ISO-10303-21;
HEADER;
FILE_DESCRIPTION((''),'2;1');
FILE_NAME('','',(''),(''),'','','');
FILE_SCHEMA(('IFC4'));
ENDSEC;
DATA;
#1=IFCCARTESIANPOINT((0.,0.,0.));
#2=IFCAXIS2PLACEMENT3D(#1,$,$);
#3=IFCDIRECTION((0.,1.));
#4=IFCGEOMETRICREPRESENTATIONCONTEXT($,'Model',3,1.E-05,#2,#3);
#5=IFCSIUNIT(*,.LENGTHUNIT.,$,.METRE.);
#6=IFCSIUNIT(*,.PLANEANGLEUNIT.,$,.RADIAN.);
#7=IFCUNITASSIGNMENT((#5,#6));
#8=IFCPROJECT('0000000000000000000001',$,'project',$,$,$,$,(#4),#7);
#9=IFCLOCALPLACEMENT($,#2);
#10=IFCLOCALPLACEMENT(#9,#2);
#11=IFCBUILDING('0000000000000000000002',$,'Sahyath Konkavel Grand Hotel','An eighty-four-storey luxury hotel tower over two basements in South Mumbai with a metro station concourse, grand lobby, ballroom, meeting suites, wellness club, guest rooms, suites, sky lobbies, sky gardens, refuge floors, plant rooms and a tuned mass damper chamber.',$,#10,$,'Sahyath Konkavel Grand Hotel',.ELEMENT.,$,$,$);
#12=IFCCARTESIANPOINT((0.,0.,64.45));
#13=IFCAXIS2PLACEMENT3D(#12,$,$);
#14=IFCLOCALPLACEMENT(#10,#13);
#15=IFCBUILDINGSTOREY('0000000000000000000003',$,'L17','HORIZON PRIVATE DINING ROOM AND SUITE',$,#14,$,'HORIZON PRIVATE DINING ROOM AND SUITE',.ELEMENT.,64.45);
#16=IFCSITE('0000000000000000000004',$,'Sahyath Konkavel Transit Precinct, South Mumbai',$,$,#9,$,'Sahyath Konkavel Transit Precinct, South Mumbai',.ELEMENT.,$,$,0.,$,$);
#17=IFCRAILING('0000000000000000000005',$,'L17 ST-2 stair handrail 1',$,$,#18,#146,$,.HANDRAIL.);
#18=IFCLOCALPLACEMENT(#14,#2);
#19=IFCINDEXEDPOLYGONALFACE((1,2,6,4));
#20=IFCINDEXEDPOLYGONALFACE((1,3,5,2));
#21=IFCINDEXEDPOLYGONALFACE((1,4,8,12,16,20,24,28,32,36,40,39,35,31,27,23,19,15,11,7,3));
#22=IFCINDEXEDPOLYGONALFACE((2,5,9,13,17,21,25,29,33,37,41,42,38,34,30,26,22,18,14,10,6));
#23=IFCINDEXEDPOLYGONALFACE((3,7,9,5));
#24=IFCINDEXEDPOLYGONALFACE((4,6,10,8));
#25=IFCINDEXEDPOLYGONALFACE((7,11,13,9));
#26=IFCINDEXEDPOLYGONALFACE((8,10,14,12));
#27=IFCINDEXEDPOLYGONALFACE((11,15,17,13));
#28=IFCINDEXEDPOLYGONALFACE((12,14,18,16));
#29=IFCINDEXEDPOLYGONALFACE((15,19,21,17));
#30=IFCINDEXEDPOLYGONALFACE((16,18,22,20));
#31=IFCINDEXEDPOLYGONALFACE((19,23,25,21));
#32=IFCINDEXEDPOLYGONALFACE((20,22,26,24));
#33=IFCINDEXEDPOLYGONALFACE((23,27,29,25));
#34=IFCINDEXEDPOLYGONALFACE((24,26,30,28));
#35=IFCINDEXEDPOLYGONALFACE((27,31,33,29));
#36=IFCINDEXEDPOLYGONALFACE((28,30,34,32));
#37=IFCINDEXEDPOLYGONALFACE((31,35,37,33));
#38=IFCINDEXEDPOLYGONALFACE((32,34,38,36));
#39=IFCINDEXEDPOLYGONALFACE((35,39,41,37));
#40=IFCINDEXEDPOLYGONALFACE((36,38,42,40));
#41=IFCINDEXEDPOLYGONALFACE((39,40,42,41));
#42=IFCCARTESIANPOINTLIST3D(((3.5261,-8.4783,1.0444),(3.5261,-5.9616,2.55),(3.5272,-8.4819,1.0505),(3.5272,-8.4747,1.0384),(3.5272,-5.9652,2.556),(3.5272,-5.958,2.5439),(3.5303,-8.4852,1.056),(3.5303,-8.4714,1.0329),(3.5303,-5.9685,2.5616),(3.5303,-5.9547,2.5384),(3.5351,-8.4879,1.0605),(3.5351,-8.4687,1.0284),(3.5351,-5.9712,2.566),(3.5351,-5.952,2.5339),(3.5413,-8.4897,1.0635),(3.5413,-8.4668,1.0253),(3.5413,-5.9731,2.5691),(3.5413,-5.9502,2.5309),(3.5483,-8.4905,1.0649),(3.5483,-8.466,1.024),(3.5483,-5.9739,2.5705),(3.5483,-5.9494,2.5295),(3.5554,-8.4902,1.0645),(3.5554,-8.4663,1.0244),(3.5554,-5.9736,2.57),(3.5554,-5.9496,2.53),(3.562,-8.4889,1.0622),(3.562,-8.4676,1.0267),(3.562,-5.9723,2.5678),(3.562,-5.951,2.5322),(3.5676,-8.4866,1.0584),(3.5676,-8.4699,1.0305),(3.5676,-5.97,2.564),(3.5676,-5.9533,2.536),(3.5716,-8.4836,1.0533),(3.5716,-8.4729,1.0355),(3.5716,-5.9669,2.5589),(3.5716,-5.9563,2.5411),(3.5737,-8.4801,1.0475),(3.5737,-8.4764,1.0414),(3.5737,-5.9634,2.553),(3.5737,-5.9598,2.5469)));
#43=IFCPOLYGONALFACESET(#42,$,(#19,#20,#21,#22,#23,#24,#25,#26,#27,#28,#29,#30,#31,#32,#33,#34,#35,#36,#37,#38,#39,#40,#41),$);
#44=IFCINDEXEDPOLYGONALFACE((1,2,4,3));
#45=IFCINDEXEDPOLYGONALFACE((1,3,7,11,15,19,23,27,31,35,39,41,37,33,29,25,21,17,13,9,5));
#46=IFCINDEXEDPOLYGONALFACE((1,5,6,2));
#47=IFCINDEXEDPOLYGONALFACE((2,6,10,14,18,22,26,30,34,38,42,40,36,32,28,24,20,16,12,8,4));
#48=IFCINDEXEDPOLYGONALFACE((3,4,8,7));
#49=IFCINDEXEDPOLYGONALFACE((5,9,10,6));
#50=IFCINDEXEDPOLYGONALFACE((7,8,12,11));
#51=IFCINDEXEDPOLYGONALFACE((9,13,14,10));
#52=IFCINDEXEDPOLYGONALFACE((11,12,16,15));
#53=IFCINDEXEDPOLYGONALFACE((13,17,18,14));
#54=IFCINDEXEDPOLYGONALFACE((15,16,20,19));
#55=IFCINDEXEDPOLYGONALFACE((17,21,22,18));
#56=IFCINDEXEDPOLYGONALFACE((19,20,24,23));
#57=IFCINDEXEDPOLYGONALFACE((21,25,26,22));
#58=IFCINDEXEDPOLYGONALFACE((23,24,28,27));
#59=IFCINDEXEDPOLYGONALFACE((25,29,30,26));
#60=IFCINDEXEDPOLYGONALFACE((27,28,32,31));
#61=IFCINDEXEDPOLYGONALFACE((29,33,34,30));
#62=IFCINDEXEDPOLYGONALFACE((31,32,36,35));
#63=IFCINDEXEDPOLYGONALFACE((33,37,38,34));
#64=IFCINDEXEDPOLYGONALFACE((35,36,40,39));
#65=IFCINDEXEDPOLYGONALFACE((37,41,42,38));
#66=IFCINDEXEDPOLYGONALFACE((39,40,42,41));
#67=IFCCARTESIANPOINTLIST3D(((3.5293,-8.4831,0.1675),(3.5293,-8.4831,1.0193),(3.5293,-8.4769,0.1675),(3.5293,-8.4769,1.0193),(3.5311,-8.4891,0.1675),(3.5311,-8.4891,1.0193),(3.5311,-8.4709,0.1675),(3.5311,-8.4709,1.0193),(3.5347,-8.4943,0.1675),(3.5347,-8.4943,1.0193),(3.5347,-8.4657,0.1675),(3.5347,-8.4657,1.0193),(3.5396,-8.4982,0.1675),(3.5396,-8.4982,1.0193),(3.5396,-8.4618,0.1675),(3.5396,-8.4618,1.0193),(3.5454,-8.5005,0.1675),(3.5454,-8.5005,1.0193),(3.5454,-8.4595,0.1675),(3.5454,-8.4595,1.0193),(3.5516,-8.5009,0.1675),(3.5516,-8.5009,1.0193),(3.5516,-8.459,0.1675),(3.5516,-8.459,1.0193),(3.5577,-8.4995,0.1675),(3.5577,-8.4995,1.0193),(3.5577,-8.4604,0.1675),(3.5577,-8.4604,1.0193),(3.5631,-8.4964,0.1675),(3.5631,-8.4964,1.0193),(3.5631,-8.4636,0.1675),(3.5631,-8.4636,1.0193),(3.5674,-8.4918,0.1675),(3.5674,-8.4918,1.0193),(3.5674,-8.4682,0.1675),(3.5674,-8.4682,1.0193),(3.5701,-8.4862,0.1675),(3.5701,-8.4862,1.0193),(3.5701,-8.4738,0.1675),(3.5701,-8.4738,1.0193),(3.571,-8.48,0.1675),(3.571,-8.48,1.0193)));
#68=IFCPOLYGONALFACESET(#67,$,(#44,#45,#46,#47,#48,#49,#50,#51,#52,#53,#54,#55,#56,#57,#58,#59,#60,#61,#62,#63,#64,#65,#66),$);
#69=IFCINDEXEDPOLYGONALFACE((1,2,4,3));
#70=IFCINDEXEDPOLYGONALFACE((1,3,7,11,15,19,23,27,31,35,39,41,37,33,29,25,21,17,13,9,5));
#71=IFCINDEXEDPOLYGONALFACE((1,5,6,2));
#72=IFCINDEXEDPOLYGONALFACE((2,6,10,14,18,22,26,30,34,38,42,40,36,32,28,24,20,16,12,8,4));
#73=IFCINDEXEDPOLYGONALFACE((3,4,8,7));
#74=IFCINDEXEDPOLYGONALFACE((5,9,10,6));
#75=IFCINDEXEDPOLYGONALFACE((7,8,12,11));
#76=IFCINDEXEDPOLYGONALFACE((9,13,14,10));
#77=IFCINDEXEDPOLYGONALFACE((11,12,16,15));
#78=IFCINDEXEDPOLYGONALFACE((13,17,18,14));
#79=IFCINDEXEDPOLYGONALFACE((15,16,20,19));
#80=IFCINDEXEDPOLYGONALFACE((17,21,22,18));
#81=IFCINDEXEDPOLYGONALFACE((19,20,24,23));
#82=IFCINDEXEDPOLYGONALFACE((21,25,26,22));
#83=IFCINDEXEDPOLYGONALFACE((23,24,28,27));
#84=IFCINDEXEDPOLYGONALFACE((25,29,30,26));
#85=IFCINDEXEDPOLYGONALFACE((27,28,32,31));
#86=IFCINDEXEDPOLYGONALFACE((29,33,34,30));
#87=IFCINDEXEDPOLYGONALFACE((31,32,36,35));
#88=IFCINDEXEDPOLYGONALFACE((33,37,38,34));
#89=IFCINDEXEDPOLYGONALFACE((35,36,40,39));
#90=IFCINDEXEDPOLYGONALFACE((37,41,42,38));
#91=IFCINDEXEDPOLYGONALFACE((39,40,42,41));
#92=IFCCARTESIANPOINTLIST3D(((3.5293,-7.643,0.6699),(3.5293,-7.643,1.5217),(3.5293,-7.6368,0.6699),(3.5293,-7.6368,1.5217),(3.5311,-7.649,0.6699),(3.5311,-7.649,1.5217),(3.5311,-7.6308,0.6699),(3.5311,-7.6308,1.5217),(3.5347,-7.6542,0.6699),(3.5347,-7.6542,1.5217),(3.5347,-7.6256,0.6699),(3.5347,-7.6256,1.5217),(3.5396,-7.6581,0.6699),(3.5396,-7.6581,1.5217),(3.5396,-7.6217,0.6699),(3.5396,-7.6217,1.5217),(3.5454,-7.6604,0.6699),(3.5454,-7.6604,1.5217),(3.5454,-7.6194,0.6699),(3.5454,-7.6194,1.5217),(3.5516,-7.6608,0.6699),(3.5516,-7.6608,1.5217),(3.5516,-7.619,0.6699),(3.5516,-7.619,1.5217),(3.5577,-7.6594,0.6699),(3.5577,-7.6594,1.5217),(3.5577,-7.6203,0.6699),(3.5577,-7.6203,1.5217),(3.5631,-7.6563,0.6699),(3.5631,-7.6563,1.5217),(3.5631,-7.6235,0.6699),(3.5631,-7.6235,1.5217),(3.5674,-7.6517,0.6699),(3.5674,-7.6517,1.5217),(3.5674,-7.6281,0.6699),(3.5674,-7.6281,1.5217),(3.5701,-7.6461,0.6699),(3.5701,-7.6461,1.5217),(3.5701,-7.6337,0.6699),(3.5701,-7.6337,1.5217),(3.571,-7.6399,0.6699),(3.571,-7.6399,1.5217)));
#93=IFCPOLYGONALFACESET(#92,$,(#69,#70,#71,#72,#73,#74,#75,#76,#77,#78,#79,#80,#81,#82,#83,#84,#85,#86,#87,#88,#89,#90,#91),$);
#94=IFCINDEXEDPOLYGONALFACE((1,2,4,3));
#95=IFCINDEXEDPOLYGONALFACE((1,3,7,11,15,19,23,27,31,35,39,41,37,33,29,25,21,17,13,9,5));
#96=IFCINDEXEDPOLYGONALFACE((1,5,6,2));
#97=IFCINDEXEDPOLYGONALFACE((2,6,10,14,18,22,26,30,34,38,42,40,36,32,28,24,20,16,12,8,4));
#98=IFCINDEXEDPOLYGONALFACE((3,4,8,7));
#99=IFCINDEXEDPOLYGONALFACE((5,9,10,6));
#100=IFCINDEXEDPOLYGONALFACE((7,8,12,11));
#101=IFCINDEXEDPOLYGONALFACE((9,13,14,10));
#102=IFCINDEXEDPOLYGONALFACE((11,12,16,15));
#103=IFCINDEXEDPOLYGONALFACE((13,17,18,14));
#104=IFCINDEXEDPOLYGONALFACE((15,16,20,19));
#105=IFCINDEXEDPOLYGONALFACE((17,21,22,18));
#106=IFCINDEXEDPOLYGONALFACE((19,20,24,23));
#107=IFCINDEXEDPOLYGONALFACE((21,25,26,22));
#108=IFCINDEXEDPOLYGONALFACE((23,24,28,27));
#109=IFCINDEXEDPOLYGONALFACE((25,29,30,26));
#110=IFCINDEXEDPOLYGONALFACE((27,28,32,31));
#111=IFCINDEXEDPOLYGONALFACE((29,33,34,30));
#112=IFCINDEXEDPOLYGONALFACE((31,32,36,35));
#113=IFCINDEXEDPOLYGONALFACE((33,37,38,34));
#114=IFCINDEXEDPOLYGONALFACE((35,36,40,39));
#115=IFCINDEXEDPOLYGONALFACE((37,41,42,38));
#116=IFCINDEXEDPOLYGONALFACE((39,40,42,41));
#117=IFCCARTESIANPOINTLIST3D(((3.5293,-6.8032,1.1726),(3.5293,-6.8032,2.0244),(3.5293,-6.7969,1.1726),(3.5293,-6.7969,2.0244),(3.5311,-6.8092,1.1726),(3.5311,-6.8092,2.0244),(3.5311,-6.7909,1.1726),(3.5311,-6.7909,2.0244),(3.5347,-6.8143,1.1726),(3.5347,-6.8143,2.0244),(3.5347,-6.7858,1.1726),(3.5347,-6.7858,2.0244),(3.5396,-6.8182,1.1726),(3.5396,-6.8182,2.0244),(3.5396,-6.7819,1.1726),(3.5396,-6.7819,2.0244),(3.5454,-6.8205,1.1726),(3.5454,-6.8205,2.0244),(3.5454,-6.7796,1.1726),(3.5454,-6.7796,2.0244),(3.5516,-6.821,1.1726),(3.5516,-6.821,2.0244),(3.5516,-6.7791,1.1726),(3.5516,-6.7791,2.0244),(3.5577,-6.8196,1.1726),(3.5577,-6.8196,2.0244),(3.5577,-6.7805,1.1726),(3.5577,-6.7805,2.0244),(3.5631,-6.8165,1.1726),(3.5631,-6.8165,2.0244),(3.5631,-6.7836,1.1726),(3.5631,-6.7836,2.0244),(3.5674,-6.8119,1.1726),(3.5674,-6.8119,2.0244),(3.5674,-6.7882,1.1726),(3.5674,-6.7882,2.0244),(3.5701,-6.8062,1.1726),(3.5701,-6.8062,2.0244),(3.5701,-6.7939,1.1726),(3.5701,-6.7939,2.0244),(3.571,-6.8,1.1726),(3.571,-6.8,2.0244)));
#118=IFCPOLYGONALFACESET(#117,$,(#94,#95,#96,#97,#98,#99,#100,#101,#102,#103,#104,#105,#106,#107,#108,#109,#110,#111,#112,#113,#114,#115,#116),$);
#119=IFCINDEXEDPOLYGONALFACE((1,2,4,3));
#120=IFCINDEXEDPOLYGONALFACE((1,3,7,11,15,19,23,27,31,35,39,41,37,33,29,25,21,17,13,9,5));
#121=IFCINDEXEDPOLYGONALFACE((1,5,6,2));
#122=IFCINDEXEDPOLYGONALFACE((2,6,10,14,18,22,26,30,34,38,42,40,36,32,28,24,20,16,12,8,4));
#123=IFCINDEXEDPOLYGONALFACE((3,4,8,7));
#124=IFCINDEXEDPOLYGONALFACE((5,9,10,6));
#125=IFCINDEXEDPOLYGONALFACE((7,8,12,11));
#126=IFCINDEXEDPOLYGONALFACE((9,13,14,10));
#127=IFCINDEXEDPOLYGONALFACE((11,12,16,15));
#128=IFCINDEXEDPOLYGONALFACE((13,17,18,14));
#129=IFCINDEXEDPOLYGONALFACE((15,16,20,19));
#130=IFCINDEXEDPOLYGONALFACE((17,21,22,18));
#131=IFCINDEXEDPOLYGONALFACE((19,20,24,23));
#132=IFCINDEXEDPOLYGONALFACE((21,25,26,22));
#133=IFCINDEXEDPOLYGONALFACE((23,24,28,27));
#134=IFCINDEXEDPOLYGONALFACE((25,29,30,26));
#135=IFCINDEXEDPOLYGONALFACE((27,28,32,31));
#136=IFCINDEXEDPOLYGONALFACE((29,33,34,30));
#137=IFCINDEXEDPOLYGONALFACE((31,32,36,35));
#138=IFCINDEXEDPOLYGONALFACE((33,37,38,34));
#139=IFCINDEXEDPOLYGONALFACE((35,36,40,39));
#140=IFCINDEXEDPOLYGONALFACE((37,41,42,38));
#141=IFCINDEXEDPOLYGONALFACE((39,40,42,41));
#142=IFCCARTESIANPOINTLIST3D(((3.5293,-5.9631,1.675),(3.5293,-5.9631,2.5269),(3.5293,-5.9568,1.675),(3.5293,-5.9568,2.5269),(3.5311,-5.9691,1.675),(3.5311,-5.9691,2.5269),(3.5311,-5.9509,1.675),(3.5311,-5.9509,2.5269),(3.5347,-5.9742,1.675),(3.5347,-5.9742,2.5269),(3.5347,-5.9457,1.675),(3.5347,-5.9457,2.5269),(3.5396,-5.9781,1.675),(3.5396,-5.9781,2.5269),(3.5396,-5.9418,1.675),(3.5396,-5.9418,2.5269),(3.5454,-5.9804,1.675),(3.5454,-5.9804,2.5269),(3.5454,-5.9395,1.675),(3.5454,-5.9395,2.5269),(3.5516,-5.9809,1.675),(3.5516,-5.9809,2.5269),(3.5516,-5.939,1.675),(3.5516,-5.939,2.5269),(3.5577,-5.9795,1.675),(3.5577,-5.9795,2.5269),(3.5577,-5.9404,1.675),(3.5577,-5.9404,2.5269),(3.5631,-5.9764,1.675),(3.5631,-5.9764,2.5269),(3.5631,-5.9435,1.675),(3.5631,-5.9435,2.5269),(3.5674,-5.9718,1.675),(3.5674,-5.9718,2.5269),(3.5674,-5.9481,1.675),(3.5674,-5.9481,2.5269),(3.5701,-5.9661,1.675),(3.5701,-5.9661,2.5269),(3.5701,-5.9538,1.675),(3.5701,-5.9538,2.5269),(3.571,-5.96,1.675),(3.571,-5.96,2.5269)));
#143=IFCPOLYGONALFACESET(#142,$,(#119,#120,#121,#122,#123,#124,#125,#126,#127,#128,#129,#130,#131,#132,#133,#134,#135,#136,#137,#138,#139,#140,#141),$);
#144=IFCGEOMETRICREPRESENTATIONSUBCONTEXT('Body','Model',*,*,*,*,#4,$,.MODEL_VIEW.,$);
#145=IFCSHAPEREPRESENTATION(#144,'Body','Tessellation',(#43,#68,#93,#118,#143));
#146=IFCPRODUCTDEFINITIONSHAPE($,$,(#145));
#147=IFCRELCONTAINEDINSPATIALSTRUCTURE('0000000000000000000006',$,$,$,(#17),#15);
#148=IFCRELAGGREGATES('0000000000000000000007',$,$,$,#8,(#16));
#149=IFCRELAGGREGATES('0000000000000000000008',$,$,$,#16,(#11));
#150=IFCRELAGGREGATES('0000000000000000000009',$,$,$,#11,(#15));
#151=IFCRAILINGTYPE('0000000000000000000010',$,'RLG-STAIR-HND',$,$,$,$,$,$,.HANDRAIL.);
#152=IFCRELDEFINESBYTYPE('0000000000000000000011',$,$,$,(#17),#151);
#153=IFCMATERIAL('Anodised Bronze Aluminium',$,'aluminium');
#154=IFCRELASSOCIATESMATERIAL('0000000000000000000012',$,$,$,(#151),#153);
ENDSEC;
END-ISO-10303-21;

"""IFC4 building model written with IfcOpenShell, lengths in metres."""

from ifc_helpers import new_model, si_unit, direction, frame, origin, origin_2d, place, context, subcontext, project, spatial, circle, extrude, material, type_object, element, save


model = new_model("IFC4")

# Units and contexts
model_context = context("Model", 3, precision=1e-05, world=origin(), true_north=direction((0.0, 1.0)))
body_context = subcontext(model_context, "Body", "Model", "MODEL_VIEW")
ifc_project = project(units=[si_unit("LENGTHUNIT", "METRE"), si_unit("PLANEANGLEUNIT", "RADIAN")], contexts=[model_context])

# Site, building, storey
site_placement = place(None, origin())
site = spatial("IfcSite", under=ifc_project, at=site_placement, Name="Sahyath Konkavel Transit Precinct, South Mumbai", LongName="Sahyath Konkavel Transit Precinct, South Mumbai", CompositionType="ELEMENT", RefElevation=0.0)
building_placement = place(site_placement, origin())
building = spatial("IfcBuilding", under=site, at=building_placement, Name="Sahyath Konkavel Grand Hotel", Description="An eighty-four-storey luxury hotel tower over two basements in South Mumbai with a metro station concourse, grand lobby, ballroom, meeting suites, wellness club, guest rooms, suites, sky lobbies, sky gardens, refuge floors, plant rooms and a tuned mass damper chamber.", LongName="Sahyath Konkavel Grand Hotel", CompositionType="ELEMENT")
storey_placement = place(building_placement, frame((0.0, 0.0, 64.45)))
storey = spatial("IfcBuildingStorey", under=building, at=storey_placement, Name="L17", Description="HORIZON PRIVATE DINING ROOM AND SUITE", LongName="HORIZON PRIVATE DINING ROOM AND SUITE", CompositionType="ELEMENT", Elevation=64.45)

# Railing
ifc_material_1 = material(Name="Anodised Bronze Aluminium", Category="aluminium")
railing_type_1 = type_object("IfcRailingType", Name="RLG-STAIR-HND", PredefinedType="HANDRAIL", material=ifc_material_1)
railing_1_placement = place(storey_placement, frame((3.55, -8.48, 0.1675)))
element("IfcRailing", 1, at=railing_1_placement, inside=storey, type_object=railing_type_1, Name="L17 ST-2 stair handrail 1", PredefinedType="HANDRAIL", context=body_context, shape_type="SweptSolid", body=[
    extrude(circle(Radius=0.0239, at=origin_2d()), frame((0.0, 0.0017, 0.877), z_axis=(0.0, 0.85816, 0.513383), x_axis=(-1.0, 0.0, 0.0)), (0.0, 0.0, 1.0), 2.9326),
    extrude(circle(Radius=0.021, at=origin_2d()), origin(), (0.0, 0.0, 1.0), 0.8518),
    extrude(circle(Radius=0.021, at=origin_2d()), frame((0.0, 0.8401, 0.5024)), (0.0, 0.0, 1.0), 0.8518),
    extrude(circle(Radius=0.021, at=origin_2d()), frame((0.0, 1.6799, 1.0051)), (0.0, 0.0, 1.0), 0.8518),
    extrude(circle(Radius=0.021, at=origin_2d()), frame((0.0, 2.52, 1.5076)), (0.0, 0.0, 1.0), 0.8518),
])

save(model, "model.ifc")
